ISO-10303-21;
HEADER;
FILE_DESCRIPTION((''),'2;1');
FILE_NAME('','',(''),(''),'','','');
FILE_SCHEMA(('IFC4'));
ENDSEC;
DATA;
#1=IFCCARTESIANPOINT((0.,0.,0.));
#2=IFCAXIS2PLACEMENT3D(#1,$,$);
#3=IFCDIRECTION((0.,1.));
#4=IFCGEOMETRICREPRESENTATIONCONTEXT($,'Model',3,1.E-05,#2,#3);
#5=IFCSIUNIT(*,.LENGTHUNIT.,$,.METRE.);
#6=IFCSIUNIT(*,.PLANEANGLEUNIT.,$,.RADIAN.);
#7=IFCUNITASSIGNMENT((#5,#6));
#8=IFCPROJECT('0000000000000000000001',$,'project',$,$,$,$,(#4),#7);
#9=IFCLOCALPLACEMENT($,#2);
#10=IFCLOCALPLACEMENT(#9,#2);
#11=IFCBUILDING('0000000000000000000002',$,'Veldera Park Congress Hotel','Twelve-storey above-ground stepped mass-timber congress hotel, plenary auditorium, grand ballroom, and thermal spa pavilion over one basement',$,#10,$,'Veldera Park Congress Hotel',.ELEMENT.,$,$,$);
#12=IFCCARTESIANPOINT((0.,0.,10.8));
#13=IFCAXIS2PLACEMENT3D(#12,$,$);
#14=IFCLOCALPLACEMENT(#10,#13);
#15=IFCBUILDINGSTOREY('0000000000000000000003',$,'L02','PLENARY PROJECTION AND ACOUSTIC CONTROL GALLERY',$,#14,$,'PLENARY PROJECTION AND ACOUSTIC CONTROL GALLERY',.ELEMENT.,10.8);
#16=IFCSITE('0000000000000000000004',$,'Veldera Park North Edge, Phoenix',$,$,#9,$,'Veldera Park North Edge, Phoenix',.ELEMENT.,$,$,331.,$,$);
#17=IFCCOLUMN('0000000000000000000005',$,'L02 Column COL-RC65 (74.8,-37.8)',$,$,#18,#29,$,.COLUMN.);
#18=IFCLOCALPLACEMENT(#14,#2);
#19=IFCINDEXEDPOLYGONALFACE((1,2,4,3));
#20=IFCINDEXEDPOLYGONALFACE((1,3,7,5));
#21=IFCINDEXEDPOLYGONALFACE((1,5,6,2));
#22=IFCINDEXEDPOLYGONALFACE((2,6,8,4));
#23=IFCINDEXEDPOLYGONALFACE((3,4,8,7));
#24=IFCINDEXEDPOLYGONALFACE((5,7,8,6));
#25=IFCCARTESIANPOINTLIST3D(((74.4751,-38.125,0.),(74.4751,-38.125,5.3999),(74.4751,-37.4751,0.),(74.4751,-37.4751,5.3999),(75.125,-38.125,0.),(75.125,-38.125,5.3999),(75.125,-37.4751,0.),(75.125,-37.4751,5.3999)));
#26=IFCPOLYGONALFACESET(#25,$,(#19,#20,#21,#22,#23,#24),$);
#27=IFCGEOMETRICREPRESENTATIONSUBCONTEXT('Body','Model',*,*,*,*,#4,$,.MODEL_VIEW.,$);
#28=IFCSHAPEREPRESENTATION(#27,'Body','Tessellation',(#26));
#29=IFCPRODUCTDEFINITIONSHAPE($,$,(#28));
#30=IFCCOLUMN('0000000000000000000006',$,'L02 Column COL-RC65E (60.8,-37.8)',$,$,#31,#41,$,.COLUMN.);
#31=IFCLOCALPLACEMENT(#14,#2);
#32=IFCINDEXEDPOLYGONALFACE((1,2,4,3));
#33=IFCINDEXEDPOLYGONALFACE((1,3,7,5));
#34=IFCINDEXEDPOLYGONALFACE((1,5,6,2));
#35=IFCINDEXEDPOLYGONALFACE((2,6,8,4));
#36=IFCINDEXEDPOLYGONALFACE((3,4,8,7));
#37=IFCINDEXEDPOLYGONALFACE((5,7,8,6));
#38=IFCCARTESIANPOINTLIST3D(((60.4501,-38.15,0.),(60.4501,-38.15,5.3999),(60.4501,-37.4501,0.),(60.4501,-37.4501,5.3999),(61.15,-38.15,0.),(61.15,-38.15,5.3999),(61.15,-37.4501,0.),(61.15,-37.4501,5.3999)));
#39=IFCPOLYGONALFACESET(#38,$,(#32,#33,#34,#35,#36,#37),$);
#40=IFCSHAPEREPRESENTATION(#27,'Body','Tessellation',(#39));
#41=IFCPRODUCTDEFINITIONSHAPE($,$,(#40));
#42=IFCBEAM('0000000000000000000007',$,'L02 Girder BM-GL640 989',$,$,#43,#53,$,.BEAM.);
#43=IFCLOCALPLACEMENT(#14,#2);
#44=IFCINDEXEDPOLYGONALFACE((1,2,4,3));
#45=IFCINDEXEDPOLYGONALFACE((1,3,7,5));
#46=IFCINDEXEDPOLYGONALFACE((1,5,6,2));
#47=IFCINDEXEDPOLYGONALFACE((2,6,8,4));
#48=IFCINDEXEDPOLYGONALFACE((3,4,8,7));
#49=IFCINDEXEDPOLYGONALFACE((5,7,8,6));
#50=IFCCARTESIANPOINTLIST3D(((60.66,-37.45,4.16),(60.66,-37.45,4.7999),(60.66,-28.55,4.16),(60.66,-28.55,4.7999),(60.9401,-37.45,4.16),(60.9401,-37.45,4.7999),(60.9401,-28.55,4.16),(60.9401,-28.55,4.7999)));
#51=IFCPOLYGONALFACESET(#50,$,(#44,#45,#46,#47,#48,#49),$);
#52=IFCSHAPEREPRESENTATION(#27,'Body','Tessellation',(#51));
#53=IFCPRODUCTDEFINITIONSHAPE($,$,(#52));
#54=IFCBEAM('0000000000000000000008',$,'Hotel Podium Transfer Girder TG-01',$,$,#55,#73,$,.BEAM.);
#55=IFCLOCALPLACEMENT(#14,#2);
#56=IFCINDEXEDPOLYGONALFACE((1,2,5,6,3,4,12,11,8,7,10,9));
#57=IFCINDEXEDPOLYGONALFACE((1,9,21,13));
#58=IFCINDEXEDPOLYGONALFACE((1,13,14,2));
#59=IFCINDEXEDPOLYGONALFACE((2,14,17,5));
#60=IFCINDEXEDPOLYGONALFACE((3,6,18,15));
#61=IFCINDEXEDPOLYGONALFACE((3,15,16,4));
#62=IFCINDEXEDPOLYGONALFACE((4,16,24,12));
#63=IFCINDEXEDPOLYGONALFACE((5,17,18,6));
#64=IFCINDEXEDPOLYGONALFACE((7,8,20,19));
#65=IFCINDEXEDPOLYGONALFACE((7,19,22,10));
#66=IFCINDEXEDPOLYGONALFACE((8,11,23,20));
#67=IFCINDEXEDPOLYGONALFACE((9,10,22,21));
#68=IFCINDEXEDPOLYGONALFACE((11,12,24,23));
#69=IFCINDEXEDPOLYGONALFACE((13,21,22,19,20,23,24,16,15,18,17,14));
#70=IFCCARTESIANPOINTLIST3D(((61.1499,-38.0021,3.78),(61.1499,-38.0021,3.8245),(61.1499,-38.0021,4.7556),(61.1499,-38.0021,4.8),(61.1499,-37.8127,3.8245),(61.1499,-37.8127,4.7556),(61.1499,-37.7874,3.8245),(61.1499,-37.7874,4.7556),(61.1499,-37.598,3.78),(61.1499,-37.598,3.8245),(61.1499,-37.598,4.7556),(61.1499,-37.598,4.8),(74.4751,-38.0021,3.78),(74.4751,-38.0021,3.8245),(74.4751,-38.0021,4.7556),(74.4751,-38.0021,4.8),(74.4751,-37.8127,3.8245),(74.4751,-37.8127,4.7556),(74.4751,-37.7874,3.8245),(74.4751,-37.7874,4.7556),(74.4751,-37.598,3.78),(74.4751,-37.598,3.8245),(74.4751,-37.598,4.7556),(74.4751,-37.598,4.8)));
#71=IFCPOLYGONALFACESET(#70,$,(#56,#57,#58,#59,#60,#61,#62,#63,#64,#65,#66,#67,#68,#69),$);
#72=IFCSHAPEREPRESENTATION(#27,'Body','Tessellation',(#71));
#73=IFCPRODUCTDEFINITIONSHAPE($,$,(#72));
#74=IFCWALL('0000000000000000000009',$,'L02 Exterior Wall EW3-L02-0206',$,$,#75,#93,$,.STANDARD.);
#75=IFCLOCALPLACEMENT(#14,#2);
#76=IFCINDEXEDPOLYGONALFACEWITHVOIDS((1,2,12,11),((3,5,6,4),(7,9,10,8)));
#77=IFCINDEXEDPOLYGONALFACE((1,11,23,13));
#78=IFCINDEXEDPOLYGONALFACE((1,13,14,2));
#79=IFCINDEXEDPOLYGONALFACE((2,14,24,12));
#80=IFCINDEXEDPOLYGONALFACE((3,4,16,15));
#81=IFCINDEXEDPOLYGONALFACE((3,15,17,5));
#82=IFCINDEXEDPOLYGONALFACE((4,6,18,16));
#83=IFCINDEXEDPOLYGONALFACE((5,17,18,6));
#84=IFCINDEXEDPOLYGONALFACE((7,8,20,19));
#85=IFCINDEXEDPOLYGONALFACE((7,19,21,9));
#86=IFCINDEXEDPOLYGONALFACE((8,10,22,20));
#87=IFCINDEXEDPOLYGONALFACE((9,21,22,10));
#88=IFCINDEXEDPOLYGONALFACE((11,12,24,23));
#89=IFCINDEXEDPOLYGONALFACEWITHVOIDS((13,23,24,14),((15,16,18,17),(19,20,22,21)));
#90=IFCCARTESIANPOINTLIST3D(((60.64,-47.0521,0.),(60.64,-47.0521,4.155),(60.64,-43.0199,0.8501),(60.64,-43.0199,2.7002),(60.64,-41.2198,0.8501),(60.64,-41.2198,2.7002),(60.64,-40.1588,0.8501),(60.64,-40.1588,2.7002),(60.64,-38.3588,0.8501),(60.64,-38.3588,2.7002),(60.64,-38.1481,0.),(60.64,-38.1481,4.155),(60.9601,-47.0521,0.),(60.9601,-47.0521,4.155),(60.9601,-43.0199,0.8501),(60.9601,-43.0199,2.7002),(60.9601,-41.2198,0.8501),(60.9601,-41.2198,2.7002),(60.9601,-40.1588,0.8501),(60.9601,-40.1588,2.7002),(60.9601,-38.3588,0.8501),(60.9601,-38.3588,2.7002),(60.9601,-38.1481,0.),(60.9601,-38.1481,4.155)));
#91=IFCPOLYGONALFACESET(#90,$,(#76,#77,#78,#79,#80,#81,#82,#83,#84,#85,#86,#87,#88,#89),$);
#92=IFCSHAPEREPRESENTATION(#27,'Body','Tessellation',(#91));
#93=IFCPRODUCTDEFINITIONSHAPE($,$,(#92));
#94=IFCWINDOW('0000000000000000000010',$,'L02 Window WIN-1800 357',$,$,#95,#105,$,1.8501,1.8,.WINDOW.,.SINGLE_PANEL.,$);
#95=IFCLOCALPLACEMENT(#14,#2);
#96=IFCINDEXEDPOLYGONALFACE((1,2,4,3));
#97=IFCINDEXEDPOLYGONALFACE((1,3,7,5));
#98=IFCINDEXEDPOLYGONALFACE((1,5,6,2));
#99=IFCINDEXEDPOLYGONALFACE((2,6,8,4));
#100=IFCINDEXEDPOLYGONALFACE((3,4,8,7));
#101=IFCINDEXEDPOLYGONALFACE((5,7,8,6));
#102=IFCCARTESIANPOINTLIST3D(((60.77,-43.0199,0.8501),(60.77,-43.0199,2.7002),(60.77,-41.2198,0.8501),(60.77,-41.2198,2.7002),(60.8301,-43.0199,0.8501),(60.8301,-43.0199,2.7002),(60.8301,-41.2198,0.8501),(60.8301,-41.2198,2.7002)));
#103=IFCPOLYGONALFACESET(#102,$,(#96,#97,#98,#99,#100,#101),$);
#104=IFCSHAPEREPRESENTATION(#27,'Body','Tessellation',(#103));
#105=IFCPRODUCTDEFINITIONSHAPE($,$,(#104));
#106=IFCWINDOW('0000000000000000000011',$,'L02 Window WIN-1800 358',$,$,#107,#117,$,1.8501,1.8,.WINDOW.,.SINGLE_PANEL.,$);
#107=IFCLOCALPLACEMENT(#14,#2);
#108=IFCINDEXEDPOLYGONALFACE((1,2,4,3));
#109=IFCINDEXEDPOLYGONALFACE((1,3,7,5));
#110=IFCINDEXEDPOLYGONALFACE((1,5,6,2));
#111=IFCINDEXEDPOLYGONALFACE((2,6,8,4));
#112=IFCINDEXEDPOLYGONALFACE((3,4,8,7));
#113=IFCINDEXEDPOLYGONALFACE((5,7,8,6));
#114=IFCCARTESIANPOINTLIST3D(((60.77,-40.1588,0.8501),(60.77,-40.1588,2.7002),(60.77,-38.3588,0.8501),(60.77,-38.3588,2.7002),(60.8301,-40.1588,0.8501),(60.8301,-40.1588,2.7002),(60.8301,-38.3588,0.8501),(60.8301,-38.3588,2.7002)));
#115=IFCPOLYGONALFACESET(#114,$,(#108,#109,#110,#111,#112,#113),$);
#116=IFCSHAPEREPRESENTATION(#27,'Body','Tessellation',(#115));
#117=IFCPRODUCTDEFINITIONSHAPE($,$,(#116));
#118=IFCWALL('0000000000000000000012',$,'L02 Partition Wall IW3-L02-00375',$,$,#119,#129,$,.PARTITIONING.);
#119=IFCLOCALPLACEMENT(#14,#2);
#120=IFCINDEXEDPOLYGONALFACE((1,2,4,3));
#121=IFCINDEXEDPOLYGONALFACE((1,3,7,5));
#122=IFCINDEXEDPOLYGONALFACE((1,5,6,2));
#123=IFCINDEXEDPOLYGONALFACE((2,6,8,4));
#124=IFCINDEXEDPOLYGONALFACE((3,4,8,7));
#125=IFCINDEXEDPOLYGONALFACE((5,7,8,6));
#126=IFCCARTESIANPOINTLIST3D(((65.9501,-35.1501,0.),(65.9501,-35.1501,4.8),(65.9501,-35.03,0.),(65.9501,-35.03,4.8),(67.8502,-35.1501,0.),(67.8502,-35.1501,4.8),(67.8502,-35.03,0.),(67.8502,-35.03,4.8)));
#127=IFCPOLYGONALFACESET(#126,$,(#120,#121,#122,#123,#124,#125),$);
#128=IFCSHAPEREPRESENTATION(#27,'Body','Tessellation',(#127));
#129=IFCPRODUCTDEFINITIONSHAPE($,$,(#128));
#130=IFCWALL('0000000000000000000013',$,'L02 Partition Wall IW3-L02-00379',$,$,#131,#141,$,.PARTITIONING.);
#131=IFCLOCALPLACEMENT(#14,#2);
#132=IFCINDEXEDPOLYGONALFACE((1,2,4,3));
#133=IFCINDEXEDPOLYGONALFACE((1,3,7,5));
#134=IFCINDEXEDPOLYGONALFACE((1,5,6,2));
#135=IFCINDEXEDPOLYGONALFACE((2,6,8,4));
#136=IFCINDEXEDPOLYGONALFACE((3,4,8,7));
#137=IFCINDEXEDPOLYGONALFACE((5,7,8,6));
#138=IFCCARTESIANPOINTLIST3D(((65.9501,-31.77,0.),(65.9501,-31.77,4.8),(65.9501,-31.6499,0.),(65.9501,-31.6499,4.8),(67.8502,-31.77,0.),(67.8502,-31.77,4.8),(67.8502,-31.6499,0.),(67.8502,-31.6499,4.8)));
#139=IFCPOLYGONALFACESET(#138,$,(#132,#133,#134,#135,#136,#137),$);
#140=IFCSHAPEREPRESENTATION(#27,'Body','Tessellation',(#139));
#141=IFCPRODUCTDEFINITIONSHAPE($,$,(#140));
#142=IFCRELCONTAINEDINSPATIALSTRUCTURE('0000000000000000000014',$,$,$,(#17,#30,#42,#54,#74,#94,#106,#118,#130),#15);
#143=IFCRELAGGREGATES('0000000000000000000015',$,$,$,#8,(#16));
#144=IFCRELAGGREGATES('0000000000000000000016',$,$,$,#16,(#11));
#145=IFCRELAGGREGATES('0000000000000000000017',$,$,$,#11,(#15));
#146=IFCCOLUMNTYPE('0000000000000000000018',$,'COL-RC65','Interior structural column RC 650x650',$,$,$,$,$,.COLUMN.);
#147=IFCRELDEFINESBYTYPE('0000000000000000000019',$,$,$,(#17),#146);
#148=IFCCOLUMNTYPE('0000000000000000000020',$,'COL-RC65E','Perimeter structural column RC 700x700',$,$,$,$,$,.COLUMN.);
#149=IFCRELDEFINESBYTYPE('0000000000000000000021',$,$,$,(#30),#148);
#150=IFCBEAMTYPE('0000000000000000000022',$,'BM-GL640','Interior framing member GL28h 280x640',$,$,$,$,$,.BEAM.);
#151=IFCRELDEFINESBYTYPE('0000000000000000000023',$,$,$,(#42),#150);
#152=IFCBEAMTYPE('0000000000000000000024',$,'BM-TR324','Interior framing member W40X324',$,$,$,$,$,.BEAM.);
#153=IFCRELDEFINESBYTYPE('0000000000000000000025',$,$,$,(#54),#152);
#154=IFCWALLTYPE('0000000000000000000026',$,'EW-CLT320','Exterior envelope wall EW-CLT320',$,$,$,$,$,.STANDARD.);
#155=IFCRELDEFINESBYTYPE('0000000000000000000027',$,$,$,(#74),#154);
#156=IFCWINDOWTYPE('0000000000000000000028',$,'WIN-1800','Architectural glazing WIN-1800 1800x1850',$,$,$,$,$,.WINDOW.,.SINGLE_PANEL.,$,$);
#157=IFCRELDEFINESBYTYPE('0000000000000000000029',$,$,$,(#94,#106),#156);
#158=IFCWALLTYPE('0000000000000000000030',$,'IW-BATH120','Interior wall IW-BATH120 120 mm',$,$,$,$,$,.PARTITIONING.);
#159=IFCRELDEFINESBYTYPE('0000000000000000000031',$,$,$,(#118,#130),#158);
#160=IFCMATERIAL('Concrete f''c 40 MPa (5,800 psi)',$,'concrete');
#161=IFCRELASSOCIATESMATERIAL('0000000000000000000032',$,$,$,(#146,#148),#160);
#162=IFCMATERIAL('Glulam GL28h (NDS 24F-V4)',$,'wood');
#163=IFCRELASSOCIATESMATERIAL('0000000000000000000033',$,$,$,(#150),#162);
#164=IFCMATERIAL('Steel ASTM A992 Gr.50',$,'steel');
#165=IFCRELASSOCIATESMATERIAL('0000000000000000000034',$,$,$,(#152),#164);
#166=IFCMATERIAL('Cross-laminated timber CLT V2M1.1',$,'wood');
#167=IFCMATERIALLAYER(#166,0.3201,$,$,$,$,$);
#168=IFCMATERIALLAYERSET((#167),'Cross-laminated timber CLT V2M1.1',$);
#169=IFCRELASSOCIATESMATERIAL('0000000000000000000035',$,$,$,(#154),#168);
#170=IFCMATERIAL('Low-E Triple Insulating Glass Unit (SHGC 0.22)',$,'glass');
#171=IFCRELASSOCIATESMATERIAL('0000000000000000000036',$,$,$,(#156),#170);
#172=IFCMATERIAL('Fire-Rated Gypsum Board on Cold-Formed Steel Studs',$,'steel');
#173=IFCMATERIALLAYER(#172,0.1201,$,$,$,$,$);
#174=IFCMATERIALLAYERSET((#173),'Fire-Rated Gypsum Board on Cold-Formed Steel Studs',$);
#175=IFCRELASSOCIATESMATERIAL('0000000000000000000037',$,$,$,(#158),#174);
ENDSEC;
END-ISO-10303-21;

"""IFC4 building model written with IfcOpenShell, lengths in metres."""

from ifc_helpers import new_model, si_unit, direction, frame, frame_2d, origin, origin_2d, place, context, subcontext, project, spatial, rectangle, i_section, extrude, material, layer, layer_set, material_profile, profile_set, type_object, element, fill, save


model = new_model("IFC4")

# Units and contexts
model_context = context("Model", 3, precision=1e-05, world=origin(), true_north=direction((0.0, 1.0)))
body_context = subcontext(model_context, "Body", "Model", "MODEL_VIEW")
ifc_project = project(units=[si_unit("LENGTHUNIT", "METRE"), si_unit("PLANEANGLEUNIT", "RADIAN")], contexts=[model_context])

# Site, building, storey
site_placement = place(None, origin())
site = spatial("IfcSite", under=ifc_project, at=site_placement, Name="Veldera Park North Edge, Phoenix", LongName="Veldera Park North Edge, Phoenix", CompositionType="ELEMENT", RefElevation=331.0)
building_placement = place(site_placement, origin())
building = spatial("IfcBuilding", under=site, at=building_placement, Name="Veldera Park Congress Hotel", Description="Twelve-storey above-ground stepped mass-timber congress hotel, plenary auditorium, grand ballroom, and thermal spa pavilion over one basement", LongName="Veldera Park Congress Hotel", CompositionType="ELEMENT")
storey_placement = place(building_placement, frame((0.0, 0.0, 10.8)))
storey = spatial("IfcBuildingStorey", under=building, at=storey_placement, Name="L02", Description="PLENARY PROJECTION AND ACOUSTIC CONTROL GALLERY", LongName="PLENARY PROJECTION AND ACOUSTIC CONTROL GALLERY", CompositionType="ELEMENT", Elevation=10.8)

# Columns
ifc_material_1 = material(Name="Concrete f'c 40 MPa (5,800 psi)", Category="concrete")
ifc_material_profile_1 = material_profile(ifc_material_1, rectangle(XDim=0.6499, YDim=0.6499, at=origin_2d()), Name="RC 650x650")
ifc_profile_set_1 = profile_set([ifc_material_profile_1], Name="Concrete f'c 40 MPa (5,800 psi)")
column_type_1 = type_object("IfcColumnType", Name="COL-RC65", Description="Interior structural column RC 650x650", PredefinedType="COLUMN", material=ifc_profile_set_1)
column_1_placement = place(storey_placement, frame((74.8, -37.8, 0.0), z_axis=(0.0, 0.0, 1.0), x_axis=(1.0, 0.0, 0.0)))
element("IfcColumn", 1, at=column_1_placement, inside=storey, type_object=column_type_1, Name="L02 Column COL-RC65 (74.8,-37.8)", PredefinedType="COLUMN", context=body_context, shape_type="SweptSolid", body=[
    extrude(rectangle(XDim=0.6499, YDim=0.6499, at=origin_2d()), origin(), (0.0, 0.0, 1.0), 5.3999),
])
ifc_material_profile_2 = material_profile(ifc_material_1, rectangle(XDim=0.7, YDim=0.7, at=origin_2d()), Name="RC 700x700")
ifc_profile_set_2 = profile_set([ifc_material_profile_2], Name="Concrete f'c 40 MPa (5,800 psi)")
column_type_2 = type_object("IfcColumnType", Name="COL-RC65E", Description="Perimeter structural column RC 700x700", PredefinedType="COLUMN", material=ifc_profile_set_2)
column_2_placement = place(storey_placement, frame((60.8, -37.8, 0.0), z_axis=(0.0, 0.0, 1.0), x_axis=(1.0, 0.0, 0.0)))
element("IfcColumn", 2, at=column_2_placement, inside=storey, type_object=column_type_2, Name="L02 Column COL-RC65E (60.8,-37.8)", PredefinedType="COLUMN", context=body_context, shape_type="SweptSolid", body=[
    extrude(rectangle(XDim=0.7, YDim=0.7, at=origin_2d()), origin(), (0.0, 0.0, 1.0), 5.3999),
])

# Beams
ifc_material_2 = material(Name="Glulam GL28h (NDS 24F-V4)", Category="wood")
ifc_material_profile_3 = material_profile(ifc_material_2, rectangle(XDim=0.28, YDim=0.6399, at=origin_2d()), Name="GL28h 280x640")
ifc_profile_set_3 = profile_set([ifc_material_profile_3], Name="Glulam GL28h (NDS 24F-V4)")
beam_type_1 = type_object("IfcBeamType", Name="BM-GL640", Description="Interior framing member GL28h 280x640", PredefinedType="BEAM", material=ifc_profile_set_3)
beam_1_placement = place(storey_placement, frame((60.8, -37.45, 4.48), z_axis=(0.0, 1.0, 0.0), x_axis=(-1.0, 0.0, 0.0)))
element("IfcBeam", 3, at=beam_1_placement, inside=storey, type_object=beam_type_1, Name="L02 Girder BM-GL640 989", PredefinedType="BEAM", context=body_context, shape_type="SweptSolid", body=[
    extrude(rectangle(XDim=0.28, YDim=0.6399, at=origin_2d()), origin(), (0.0, 0.0, 1.0), 8.8999),
])
ifc_material_3 = material(Name="Steel ASTM A992 Gr.50", Category="steel")
ifc_material_profile_4 = material_profile(ifc_material_3, i_section(OverallWidth=0.4041, OverallDepth=1.02, WebThickness=0.0254, FlangeThickness=0.0444, at=origin_2d()), Name="W40X324")
ifc_profile_set_4 = profile_set([ifc_material_profile_4], Name="Steel ASTM A992 Gr.50")
beam_type_2 = type_object("IfcBeamType", Name="BM-TR324", Description="Interior framing member W40X324", PredefinedType="BEAM", material=ifc_profile_set_4)
beam_2_placement = place(storey_placement, frame((61.1499, -37.8, 4.29), z_axis=(1.0, 0.0, 0.0), x_axis=(0.0, 1.0, 0.0)))
element("IfcBeam", 4, at=beam_2_placement, inside=storey, type_object=beam_type_2, Name="Hotel Podium Transfer Girder TG-01", PredefinedType="BEAM", context=body_context, shape_type="SweptSolid", body=[
    extrude(i_section(OverallWidth=0.4041, OverallDepth=1.02, WebThickness=0.0254, FlangeThickness=0.0444, at=origin_2d()), origin(), (0.0, 0.0, 1.0), 13.3252),
])

# Wall, openings, windows
ifc_material_4 = material(Name="Cross-laminated timber CLT V2M1.1", Category="wood")
ifc_layer_1 = layer(ifc_material_4, 0.3201)
ifc_layer_set_1 = layer_set([ifc_layer_1], Name="Cross-laminated timber CLT V2M1.1")
wall_type_1 = type_object("IfcWallType", Name="EW-CLT320", Description="Exterior envelope wall EW-CLT320", PredefinedType="STANDARD", material=ifc_layer_set_1)
wall_1_placement = place(storey_placement, frame((60.8, -38.1479, 0.0), z_axis=(0.0, 0.0, 1.0), x_axis=(0.0, -1.0, 0.0)))
wall_1 = element("IfcWall", 5, at=wall_1_placement, inside=storey, type_object=wall_type_1, Name="L02 Exterior Wall EW3-L02-0206", PredefinedType="STANDARD", context=body_context, shape_type="SweptSolid", body=[
    extrude(rectangle(XDim=8.9041, YDim=0.3201, at=frame_2d((4.4521, 0.0))), origin(), (0.0, 0.0, 1.0), 4.155),
])
opening_1_placement = place(wall_1_placement, frame((3.072, 0.0, 0.8501)))
opening_1 = element("IfcOpeningElement", 6, at=opening_1_placement, cuts=wall_1, PredefinedType="OPENING", context=body_context, shape_type="SweptSolid", body=[
    extrude(rectangle(XDim=1.8, YDim=1.8501, at=frame_2d((0.8999, 0.925))), frame((0.0, 0.1721, 0.0), z_axis=(0.0, -1.0, 0.0), x_axis=(1.0, 0.0, 0.0)), (0.0, 0.0, 1.0), 0.344),
])
opening_2_placement = place(wall_1_placement, frame((0.2109, 0.0, 0.8501)))
opening_2 = element("IfcOpeningElement", 7, at=opening_2_placement, cuts=wall_1, PredefinedType="OPENING", context=body_context, shape_type="SweptSolid", body=[
    extrude(rectangle(XDim=1.8, YDim=1.8501, at=frame_2d((0.8999, 0.925))), frame((0.0, 0.1721, 0.0), z_axis=(0.0, -1.0, 0.0), x_axis=(1.0, 0.0, 0.0)), (0.0, 0.0, 1.0), 0.344),
])
ifc_material_5 = material(Name="Low-E Triple Insulating Glass Unit (SHGC 0.22)", Category="glass")
window_type = type_object("IfcWindowType", Name="WIN-1800", Description="Architectural glazing WIN-1800 1800x1850", PartitioningType="SINGLE_PANEL", PredefinedType="WINDOW", material=ifc_material_5)
window_1_placement = place(opening_1_placement, origin())
window_1 = element("IfcWindow", 8, at=window_1_placement, inside=storey, type_object=window_type, Name="L02 Window WIN-1800 357", OverallHeight=1.8501, OverallWidth=1.8, PartitioningType="SINGLE_PANEL", PredefinedType="WINDOW", context=body_context, shape_type="SweptSolid", body=[
    extrude(rectangle(XDim=1.8, YDim=1.8501, at=frame_2d((0.8999, 0.925))), frame((0.0, 0.03, 0.0), z_axis=(0.0, -1.0, 0.0), x_axis=(1.0, 0.0, 0.0)), (0.0, 0.0, 1.0), 0.0601),
])
fill(opening_1, window_1)
window_2_placement = place(opening_2_placement, origin())
window_2 = element("IfcWindow", 9, at=window_2_placement, inside=storey, type_object=window_type, Name="L02 Window WIN-1800 358", OverallHeight=1.8501, OverallWidth=1.8, PartitioningType="SINGLE_PANEL", PredefinedType="WINDOW", context=body_context, shape_type="SweptSolid", body=[
    extrude(rectangle(XDim=1.8, YDim=1.8501, at=frame_2d((0.8999, 0.925))), frame((0.0, 0.03, 0.0), z_axis=(0.0, -1.0, 0.0), x_axis=(1.0, 0.0, 0.0)), (0.0, 0.0, 1.0), 0.0601),
])
fill(opening_2, window_2)

# Shared definitions
ifc_material_6 = material(Name="Fire-Rated Gypsum Board on Cold-Formed Steel Studs", Category="steel")
ifc_layer_2 = layer(ifc_material_6, 0.1201)
ifc_layer_set_2 = layer_set([ifc_layer_2], Name="Fire-Rated Gypsum Board on Cold-Formed Steel Studs")
wall_type_2 = type_object("IfcWallType", Name="IW-BATH120", Description="Interior wall IW-BATH120 120 mm", PredefinedType="PARTITIONING", material=ifc_layer_set_2)

# Wall
wall_2_placement = place(storey_placement, frame((65.95, -35.0901, 0.0), z_axis=(0.0, 0.0, 1.0), x_axis=(1.0, 0.0, 0.0)))
element("IfcWall", 10, at=wall_2_placement, inside=storey, type_object=wall_type_2, Name="L02 Partition Wall IW3-L02-00375", PredefinedType="PARTITIONING", context=body_context, shape_type="SweptSolid", body=[
    extrude(rectangle(XDim=1.9001, YDim=0.1201, at=frame_2d((0.9502, 0.0))), origin(), (0.0, 0.0, 1.0), 4.8),
])

# Wall
wall_3_placement = place(storey_placement, frame((65.95, -31.71, 0.0), z_axis=(0.0, 0.0, 1.0), x_axis=(1.0, 0.0, 0.0)))
element("IfcWall", 11, at=wall_3_placement, inside=storey, type_object=wall_type_2, Name="L02 Partition Wall IW3-L02-00379", PredefinedType="PARTITIONING", context=body_context, shape_type="SweptSolid", body=[
    extrude(rectangle(XDim=1.9001, YDim=0.1201, at=frame_2d((0.9502, 0.0))), origin(), (0.0, 0.0, 1.0), 4.8),
])

save(model, "model.ifc")
